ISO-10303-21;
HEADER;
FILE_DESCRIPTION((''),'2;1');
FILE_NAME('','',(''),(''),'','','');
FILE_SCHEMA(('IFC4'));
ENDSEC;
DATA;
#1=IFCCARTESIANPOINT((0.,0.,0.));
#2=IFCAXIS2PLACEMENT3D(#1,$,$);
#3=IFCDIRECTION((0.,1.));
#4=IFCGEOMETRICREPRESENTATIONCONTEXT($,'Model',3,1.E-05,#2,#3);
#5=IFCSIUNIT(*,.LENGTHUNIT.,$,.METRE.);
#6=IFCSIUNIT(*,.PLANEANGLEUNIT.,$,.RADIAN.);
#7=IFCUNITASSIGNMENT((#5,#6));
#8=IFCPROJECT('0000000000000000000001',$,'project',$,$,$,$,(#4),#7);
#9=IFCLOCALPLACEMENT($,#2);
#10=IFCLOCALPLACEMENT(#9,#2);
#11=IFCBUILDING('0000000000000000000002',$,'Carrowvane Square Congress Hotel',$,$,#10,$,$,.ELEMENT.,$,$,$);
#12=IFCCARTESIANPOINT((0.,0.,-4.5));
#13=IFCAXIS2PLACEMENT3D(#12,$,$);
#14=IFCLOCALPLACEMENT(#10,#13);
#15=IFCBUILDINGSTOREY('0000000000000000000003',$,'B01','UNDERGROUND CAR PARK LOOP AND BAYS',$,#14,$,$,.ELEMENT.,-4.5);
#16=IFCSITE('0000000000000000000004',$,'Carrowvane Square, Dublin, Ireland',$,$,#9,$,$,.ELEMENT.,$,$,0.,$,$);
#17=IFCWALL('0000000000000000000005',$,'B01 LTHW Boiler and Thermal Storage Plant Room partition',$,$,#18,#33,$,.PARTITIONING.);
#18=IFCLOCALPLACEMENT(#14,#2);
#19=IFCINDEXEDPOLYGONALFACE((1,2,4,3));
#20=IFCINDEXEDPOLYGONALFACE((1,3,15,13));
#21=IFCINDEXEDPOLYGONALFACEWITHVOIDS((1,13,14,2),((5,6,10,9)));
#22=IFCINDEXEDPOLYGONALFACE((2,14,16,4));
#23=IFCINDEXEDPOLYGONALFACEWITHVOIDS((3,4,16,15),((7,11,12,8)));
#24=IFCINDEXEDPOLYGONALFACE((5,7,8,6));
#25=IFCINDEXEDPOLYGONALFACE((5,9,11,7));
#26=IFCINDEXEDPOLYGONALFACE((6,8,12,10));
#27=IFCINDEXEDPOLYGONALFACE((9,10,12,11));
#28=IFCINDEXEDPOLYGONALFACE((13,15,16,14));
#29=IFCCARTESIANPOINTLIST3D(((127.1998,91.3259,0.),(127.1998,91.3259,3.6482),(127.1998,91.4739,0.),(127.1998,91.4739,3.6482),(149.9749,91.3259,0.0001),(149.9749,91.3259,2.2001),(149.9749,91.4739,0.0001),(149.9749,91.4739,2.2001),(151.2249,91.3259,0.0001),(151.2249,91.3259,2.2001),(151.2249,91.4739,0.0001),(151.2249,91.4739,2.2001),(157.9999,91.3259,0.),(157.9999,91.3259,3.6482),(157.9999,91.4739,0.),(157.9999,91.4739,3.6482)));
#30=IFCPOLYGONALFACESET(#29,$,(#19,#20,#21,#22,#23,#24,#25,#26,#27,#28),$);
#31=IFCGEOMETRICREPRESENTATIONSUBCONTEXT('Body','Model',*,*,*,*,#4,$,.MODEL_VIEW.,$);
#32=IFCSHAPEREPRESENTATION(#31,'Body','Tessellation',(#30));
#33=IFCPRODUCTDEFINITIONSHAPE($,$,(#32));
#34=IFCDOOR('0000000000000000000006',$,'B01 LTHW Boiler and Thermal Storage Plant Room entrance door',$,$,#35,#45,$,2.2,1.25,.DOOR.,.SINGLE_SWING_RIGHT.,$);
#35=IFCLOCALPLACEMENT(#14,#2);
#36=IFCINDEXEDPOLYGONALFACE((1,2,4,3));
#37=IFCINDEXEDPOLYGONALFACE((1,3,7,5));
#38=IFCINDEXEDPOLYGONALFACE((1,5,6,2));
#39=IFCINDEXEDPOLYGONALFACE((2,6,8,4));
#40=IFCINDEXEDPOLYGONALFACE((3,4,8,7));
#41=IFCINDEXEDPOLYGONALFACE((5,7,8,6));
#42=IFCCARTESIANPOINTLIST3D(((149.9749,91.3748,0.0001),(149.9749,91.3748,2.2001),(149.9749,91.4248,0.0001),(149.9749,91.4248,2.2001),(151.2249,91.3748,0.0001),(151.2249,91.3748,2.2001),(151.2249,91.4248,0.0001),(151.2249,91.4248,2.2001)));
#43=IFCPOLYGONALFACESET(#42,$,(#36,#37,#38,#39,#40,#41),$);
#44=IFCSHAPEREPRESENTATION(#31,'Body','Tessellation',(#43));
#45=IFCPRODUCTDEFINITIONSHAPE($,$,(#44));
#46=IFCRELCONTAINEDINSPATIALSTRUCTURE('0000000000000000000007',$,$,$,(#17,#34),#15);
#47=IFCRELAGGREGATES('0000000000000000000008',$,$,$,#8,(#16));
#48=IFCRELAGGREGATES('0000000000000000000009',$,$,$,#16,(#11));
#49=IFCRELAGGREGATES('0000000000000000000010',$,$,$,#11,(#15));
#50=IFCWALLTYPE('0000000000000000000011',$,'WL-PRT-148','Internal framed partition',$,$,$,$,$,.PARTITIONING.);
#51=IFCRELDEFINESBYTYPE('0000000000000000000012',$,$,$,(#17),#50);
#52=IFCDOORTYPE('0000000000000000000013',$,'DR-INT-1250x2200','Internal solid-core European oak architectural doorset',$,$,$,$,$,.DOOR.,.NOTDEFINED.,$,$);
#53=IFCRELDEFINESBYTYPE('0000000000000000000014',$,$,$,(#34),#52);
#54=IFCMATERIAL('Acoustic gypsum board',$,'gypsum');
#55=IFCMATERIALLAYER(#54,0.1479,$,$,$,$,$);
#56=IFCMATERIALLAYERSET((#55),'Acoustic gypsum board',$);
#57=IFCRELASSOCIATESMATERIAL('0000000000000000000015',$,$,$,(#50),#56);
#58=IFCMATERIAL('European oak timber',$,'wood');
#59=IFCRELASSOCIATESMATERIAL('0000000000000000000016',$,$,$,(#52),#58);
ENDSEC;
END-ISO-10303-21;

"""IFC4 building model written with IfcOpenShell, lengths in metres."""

from ifc_helpers import new_model, si_unit, direction, frame, frame_2d, origin, place, context, subcontext, project, spatial, rectangle, extrude, material, layer, layer_set, type_object, element, fill, save


model = new_model("IFC4")

# Units and contexts
model_context = context("Model", 3, precision=1e-05, world=origin(), true_north=direction((0.0, 1.0)))
body_context = subcontext(model_context, "Body", "Model", "MODEL_VIEW")
ifc_project = project(units=[si_unit("LENGTHUNIT", "METRE"), si_unit("PLANEANGLEUNIT", "RADIAN")], contexts=[model_context])

# Site, building, storey
site_placement = place(None, origin())
site = spatial("IfcSite", under=ifc_project, at=site_placement, Name="Carrowvane Square, Dublin, Ireland", CompositionType="ELEMENT", RefElevation=0.0)
building_placement = place(site_placement, origin())
building = spatial("IfcBuilding", under=site, at=building_placement, Name="Carrowvane Square Congress Hotel", CompositionType="ELEMENT")
storey_placement = place(building_placement, frame((0.0, 0.0, -4.5)))
storey = spatial("IfcBuildingStorey", under=building, at=storey_placement, Name="B01", Description="UNDERGROUND CAR PARK LOOP AND BAYS", CompositionType="ELEMENT", Elevation=-4.5)

# Wall, opening, door
ifc_material_1 = material(Name="Acoustic gypsum board", Category="gypsum")
ifc_layer = layer(ifc_material_1, 0.1479)
ifc_layer_set = layer_set([ifc_layer], Name="Acoustic gypsum board")
wall_type = type_object("IfcWallType", Name="WL-PRT-148", Description="Internal framed partition", PredefinedType="PARTITIONING", material=ifc_layer_set)
wall_placement = place(storey_placement, frame((127.2, 91.3999, 0.0), z_axis=(0.0, 0.0, 1.0), x_axis=(1.0, 0.0, 0.0)))
wall = element("IfcWall", 1, at=wall_placement, inside=storey, type_object=wall_type, Name="B01 LTHW Boiler and Thermal Storage Plant Room partition", PredefinedType="PARTITIONING", context=body_context, shape_type="SweptSolid", body=[
    extrude(rectangle(XDim=30.8, YDim=0.1479, at=frame_2d((15.3999, 0.0))), origin(), (0.0, 0.0, 1.0), 3.6482),
])
opening_placement = place(wall_placement, frame((22.7749, 0.0, 0.0)))
opening = element("IfcOpeningElement", 2, at=opening_placement, cuts=wall, PredefinedType="OPENING", context=body_context, shape_type="SweptSolid", body=[
    extrude(rectangle(XDim=1.25, YDim=2.2, at=frame_2d((0.625, 1.1001))), frame((0.0, 0.084, 0.0), z_axis=(0.0, -1.0, 0.0), x_axis=(1.0, 0.0, 0.0)), (0.0, 0.0, 1.0), 0.168),
])
ifc_material_2 = material(Name="European oak timber", Category="wood")
door_type = type_object("IfcDoorType", Name="DR-INT-1250x2200", Description="Internal solid-core European oak architectural doorset", OperationType="NOTDEFINED", PredefinedType="DOOR", material=ifc_material_2)
door_placement = place(opening_placement, origin())
door = element("IfcDoor", 3, at=door_placement, inside=storey, type_object=door_type, Name="B01 LTHW Boiler and Thermal Storage Plant Room entrance door", OperationType="SINGLE_SWING_RIGHT", OverallHeight=2.2, OverallWidth=1.25, PredefinedType="DOOR", context=body_context, shape_type="SweptSolid", body=[
    extrude(rectangle(XDim=1.25, YDim=2.2, at=frame_2d((0.625, 1.1001))), frame((0.0, 0.0249, 0.0), z_axis=(0.0, -1.0, 0.0), x_axis=(1.0, 0.0, 0.0)), (0.0, 0.0, 1.0), 0.05),
])
fill(opening, door)

save(model, "model.ifc")
